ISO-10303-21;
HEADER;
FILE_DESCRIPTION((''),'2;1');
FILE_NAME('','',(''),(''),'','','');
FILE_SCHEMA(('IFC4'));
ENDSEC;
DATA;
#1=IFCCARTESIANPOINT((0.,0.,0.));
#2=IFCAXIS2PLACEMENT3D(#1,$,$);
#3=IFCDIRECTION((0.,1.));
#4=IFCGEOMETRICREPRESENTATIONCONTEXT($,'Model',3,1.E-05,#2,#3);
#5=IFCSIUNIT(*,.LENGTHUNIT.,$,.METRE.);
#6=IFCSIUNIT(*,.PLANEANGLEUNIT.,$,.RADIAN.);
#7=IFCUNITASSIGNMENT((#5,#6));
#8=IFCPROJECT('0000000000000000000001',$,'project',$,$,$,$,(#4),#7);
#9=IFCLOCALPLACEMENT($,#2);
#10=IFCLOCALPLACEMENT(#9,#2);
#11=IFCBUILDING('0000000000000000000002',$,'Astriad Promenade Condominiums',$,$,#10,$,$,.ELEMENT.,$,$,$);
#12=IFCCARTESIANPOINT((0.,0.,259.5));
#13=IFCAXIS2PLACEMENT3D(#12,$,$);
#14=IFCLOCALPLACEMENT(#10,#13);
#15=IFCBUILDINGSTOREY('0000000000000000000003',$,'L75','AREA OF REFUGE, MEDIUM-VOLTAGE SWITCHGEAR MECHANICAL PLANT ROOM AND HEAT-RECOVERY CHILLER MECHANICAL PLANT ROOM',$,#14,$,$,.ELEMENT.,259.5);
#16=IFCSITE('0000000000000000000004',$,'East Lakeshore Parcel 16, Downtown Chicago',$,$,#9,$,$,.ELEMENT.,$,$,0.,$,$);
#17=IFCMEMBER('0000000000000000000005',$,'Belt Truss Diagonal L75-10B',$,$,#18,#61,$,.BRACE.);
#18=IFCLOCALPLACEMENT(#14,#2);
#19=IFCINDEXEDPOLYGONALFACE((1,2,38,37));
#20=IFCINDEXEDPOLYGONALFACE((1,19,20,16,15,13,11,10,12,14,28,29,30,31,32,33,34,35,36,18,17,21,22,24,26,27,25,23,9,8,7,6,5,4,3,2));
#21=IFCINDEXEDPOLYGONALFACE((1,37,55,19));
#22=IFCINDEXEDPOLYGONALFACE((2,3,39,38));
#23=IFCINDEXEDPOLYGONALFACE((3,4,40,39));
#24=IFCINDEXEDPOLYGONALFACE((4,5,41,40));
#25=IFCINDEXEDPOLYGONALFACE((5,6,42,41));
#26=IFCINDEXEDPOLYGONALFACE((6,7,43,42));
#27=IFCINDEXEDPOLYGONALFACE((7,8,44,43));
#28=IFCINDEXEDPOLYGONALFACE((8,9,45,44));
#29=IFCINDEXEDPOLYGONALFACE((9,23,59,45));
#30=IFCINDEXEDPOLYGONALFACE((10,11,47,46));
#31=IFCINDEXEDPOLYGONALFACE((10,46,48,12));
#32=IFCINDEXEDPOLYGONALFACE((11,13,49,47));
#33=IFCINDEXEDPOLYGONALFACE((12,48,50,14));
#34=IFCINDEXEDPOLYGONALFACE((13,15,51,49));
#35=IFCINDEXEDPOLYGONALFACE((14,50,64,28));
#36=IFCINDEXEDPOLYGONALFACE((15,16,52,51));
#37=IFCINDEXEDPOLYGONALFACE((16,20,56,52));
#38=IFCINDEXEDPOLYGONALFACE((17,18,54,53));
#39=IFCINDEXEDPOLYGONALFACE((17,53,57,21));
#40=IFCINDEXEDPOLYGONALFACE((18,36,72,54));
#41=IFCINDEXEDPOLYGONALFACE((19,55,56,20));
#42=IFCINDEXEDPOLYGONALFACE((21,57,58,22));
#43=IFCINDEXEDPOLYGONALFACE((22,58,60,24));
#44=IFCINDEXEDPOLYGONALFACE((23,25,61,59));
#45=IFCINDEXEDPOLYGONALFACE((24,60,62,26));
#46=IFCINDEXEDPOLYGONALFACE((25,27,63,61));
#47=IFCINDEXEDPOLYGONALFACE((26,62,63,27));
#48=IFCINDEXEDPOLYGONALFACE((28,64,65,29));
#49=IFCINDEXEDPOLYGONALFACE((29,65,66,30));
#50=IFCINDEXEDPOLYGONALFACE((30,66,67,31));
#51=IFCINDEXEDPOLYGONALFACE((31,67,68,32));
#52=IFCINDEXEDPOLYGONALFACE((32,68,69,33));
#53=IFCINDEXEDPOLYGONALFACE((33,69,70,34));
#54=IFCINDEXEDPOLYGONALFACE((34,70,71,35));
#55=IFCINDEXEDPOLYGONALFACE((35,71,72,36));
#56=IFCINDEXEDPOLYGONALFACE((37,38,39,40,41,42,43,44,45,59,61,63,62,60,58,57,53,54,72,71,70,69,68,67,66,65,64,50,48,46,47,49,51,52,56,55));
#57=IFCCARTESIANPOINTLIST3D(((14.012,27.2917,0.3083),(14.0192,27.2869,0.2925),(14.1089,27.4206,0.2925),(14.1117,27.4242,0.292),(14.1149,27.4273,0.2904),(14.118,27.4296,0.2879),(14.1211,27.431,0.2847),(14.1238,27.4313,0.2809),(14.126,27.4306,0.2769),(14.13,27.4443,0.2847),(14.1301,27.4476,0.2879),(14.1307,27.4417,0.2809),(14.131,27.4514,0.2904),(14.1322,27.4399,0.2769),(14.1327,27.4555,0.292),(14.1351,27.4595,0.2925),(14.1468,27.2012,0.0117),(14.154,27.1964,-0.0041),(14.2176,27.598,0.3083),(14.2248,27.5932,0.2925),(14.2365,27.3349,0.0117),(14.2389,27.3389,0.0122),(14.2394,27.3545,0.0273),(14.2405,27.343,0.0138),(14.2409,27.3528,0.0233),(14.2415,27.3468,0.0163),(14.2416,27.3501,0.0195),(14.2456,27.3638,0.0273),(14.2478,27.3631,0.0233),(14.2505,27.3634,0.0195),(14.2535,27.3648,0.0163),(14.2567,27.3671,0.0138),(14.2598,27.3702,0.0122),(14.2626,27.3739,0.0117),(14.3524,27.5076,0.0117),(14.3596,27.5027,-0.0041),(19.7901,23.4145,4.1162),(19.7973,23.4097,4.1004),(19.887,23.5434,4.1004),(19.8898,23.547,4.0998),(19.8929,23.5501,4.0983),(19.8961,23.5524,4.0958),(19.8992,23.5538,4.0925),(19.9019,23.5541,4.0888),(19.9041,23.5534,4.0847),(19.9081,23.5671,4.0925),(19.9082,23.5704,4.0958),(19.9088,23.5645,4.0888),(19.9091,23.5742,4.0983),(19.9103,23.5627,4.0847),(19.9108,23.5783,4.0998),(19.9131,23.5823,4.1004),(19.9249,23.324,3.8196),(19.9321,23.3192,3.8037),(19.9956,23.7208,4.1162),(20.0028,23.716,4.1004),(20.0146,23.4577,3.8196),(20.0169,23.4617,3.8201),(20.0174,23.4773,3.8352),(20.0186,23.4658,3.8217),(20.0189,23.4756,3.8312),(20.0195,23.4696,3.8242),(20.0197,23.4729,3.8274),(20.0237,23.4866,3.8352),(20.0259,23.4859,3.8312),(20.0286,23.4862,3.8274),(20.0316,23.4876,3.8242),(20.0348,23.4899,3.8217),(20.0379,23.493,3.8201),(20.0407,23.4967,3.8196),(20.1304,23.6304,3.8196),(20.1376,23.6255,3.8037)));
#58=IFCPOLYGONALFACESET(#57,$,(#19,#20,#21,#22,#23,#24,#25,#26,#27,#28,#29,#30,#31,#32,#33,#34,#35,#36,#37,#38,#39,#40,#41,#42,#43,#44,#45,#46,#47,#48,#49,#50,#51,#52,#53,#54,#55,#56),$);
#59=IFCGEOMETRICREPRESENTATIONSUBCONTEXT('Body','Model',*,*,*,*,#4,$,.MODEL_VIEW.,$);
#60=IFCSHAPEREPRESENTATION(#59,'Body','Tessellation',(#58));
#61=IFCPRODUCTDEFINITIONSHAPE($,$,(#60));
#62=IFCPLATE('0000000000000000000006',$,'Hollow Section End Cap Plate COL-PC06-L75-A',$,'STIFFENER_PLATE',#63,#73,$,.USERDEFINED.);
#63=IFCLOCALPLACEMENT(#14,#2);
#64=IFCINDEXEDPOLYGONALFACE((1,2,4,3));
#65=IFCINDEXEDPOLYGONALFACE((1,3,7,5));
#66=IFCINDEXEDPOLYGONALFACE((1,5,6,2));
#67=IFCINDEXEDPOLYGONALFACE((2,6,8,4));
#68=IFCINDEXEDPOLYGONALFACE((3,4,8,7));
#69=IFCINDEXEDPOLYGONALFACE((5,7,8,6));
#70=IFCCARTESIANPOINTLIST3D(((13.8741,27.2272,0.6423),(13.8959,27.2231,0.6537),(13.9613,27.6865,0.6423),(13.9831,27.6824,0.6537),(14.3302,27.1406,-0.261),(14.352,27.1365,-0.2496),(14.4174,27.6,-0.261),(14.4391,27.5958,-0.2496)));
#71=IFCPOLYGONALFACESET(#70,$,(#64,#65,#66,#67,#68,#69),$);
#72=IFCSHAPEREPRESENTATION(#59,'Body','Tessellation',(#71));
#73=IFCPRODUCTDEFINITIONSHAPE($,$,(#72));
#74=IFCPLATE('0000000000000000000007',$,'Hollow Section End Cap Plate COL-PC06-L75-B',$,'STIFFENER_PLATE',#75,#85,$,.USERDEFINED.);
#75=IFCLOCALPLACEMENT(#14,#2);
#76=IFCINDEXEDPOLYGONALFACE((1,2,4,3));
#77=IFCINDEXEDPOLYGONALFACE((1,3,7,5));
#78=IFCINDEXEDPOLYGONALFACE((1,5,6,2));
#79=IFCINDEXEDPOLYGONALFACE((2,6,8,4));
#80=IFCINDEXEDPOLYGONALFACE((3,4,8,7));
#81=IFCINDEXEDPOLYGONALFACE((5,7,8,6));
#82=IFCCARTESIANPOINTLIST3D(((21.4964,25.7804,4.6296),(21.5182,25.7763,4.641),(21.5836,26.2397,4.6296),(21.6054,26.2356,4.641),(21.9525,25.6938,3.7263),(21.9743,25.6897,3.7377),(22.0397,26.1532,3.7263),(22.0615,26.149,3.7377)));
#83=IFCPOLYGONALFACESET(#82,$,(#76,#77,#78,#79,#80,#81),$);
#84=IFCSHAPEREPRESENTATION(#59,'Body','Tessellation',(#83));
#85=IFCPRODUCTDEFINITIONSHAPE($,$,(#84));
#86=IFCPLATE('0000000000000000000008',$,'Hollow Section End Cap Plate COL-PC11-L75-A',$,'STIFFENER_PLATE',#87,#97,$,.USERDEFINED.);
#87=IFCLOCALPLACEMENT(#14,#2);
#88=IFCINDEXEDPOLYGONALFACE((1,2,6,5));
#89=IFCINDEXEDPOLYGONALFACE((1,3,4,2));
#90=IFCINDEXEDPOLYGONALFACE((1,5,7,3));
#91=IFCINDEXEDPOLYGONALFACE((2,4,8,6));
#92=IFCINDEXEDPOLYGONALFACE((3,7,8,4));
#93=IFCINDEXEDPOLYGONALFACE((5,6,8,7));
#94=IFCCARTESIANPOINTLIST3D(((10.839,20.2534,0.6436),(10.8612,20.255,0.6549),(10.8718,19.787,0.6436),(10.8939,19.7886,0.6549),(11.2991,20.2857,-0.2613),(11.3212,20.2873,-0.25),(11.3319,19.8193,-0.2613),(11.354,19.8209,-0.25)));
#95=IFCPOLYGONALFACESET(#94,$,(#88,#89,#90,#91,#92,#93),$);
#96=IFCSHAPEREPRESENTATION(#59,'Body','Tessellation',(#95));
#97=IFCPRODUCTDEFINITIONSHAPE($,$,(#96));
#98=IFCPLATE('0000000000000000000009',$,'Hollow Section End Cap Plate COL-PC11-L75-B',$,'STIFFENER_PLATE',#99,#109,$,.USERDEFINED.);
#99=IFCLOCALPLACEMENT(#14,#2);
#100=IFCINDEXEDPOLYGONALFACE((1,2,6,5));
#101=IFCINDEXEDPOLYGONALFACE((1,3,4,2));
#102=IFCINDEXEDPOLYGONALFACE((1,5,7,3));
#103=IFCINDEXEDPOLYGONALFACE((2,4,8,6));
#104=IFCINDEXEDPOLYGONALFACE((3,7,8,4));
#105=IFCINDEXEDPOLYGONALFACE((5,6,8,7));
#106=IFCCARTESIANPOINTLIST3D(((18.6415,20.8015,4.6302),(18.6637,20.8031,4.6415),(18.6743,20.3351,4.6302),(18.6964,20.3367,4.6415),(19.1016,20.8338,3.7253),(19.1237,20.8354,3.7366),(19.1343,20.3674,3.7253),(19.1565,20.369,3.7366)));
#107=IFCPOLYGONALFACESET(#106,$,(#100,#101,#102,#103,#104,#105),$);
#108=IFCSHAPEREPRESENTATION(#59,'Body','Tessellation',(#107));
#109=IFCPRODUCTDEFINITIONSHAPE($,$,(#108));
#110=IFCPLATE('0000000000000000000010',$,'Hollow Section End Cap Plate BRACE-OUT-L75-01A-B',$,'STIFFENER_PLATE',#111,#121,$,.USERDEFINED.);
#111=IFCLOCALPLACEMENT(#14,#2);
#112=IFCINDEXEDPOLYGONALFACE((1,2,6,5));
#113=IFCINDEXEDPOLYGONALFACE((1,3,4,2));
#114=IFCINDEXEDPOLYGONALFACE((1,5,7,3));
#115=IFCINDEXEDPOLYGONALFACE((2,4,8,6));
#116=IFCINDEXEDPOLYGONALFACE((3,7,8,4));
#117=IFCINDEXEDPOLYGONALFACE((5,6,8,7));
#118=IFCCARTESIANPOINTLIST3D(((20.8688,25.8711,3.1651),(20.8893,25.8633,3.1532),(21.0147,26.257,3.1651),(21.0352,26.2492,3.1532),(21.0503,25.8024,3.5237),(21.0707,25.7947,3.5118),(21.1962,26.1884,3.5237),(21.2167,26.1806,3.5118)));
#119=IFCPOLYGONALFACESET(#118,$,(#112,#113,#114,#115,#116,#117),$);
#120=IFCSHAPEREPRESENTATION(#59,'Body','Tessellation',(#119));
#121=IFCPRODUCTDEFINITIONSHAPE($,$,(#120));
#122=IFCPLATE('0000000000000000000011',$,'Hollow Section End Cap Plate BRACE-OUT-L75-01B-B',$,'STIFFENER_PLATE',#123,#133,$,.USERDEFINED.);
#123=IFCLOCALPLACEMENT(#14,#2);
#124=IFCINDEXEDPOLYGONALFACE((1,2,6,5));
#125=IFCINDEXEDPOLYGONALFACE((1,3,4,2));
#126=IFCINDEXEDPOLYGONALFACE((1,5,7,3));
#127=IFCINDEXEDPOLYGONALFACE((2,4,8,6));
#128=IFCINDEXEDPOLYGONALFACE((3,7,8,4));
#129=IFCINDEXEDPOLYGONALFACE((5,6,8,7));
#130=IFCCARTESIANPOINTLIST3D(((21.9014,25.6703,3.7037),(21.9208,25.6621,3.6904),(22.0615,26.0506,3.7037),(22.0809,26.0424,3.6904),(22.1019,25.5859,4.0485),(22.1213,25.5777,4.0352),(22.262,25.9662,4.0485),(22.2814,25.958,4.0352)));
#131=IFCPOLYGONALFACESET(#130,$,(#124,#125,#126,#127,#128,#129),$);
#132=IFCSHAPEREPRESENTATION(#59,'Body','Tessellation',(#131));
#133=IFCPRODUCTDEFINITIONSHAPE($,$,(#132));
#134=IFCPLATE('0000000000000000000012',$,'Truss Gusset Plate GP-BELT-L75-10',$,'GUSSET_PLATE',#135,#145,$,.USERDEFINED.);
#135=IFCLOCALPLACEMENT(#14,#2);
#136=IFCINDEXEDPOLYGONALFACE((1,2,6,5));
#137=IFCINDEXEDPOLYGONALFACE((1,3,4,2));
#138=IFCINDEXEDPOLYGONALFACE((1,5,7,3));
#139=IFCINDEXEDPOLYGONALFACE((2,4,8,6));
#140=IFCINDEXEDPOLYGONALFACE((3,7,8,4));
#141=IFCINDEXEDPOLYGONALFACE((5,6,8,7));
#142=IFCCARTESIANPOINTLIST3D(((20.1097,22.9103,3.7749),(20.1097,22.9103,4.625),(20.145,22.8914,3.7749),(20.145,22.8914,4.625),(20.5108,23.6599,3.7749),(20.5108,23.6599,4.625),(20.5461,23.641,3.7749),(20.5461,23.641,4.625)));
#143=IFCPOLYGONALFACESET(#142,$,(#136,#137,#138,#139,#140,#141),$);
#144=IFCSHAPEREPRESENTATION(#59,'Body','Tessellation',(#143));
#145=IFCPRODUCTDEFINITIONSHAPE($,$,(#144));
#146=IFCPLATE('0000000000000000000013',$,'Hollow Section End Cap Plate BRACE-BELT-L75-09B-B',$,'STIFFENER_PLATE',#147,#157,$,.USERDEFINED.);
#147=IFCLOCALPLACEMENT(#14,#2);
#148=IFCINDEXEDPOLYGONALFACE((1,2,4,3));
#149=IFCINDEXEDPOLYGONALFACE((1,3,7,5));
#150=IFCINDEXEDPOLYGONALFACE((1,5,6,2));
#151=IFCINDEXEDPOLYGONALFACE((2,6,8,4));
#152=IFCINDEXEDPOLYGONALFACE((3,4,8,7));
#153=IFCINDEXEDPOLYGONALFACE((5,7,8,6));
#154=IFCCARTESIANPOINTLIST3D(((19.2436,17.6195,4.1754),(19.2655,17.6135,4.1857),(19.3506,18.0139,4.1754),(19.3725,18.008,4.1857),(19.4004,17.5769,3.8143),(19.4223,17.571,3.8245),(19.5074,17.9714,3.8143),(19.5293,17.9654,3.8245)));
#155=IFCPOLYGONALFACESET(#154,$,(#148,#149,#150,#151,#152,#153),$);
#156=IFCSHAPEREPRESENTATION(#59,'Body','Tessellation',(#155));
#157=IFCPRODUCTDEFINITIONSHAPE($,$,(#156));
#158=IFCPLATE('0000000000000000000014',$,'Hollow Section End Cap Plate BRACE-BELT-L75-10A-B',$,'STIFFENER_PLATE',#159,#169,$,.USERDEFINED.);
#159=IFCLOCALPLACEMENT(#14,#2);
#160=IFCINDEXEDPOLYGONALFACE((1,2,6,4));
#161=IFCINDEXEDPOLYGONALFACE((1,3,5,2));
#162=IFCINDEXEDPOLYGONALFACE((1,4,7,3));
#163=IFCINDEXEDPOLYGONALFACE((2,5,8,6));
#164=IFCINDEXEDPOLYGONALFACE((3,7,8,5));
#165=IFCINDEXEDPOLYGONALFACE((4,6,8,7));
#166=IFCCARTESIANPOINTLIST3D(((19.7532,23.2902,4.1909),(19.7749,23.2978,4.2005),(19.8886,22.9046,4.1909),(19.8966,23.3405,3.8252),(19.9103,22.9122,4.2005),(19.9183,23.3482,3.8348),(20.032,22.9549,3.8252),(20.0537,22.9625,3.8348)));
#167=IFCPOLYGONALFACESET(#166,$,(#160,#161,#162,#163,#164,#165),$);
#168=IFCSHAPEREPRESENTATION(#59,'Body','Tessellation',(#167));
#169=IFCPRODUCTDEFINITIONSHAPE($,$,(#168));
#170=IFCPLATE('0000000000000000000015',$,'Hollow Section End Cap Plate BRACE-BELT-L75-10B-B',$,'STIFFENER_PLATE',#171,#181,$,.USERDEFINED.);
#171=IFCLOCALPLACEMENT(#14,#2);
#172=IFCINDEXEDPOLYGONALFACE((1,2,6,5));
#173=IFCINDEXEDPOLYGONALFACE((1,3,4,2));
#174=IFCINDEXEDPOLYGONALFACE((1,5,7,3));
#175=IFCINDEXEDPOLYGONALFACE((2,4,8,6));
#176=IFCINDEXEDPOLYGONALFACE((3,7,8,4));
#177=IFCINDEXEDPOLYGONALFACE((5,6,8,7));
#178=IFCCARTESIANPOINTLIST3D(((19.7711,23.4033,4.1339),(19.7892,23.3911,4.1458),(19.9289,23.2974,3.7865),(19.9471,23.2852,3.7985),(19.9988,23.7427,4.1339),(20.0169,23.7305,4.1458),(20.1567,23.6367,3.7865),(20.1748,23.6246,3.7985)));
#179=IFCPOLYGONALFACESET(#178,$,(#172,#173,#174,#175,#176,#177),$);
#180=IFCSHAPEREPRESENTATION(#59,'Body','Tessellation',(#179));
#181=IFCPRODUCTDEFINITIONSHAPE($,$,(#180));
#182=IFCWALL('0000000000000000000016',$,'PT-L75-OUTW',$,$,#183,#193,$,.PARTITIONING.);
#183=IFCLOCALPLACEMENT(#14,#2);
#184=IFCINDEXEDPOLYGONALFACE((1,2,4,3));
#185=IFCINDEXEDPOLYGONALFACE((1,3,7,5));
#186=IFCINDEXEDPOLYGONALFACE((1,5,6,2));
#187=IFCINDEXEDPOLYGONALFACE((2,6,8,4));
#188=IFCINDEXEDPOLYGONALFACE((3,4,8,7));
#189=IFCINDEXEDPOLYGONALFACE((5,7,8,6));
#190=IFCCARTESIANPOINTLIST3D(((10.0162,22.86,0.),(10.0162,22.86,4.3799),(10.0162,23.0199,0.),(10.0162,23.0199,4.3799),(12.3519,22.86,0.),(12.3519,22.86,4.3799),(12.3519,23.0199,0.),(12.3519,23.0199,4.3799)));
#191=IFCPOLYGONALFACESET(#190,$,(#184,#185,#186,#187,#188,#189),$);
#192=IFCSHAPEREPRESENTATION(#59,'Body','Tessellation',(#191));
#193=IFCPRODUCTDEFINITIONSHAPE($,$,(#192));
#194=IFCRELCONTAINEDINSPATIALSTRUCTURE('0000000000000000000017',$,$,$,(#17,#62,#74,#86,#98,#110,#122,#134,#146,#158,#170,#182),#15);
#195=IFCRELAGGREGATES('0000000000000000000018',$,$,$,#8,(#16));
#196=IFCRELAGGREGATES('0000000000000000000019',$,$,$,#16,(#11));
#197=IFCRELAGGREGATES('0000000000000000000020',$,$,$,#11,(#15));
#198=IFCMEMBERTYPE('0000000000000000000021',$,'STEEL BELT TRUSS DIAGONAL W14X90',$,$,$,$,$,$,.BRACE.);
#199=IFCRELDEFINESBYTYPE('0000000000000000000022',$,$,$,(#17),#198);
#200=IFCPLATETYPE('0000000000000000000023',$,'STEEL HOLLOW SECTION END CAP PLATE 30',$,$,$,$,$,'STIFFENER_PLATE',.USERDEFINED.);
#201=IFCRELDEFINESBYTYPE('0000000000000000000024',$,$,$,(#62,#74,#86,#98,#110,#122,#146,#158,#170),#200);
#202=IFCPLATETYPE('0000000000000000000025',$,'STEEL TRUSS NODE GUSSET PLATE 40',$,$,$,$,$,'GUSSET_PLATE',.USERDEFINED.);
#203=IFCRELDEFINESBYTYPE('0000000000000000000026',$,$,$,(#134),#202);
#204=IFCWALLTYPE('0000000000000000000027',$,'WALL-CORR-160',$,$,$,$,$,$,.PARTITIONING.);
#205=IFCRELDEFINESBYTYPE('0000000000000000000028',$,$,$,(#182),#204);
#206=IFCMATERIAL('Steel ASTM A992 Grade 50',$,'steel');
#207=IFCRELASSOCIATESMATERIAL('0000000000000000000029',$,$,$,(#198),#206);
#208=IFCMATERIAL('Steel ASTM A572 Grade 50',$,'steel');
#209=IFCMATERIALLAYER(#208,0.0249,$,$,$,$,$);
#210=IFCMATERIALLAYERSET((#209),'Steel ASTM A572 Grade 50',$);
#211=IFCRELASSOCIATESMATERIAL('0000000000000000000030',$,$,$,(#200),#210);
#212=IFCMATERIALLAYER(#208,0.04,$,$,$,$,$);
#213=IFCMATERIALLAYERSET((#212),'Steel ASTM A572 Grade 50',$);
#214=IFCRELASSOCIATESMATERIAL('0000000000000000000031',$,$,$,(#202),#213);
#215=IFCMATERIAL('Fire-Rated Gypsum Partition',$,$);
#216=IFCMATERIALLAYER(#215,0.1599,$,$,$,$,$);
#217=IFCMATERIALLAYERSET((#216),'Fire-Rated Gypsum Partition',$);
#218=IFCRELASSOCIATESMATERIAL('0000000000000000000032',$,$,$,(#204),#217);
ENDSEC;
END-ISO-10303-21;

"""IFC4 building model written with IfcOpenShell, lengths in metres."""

from ifc_helpers import new_model, si_unit, direction, frame, frame_2d, origin, origin_2d, place, context, subcontext, project, spatial, rectangle, i_section, extrude, source, transform, mapped, material, layer, layer_set, material_profile, profile_set, type_object, type_shapes, element, save


model = new_model("IFC4")

# Units and contexts
model_context = context("Model", 3, precision=1e-05, world=origin(), true_north=direction((0.0, 1.0)))
body_context = subcontext(model_context, "Body", "Model", "MODEL_VIEW")
ifc_project = project(units=[si_unit("LENGTHUNIT", "METRE"), si_unit("PLANEANGLEUNIT", "RADIAN")], contexts=[model_context])

# Site, building, storey
site_placement = place(None, origin())
site = spatial("IfcSite", under=ifc_project, at=site_placement, Name="East Lakeshore Parcel 16, Downtown Chicago", CompositionType="ELEMENT", RefElevation=0.0)
building_placement = place(site_placement, origin())
building = spatial("IfcBuilding", under=site, at=building_placement, Name="Astriad Promenade Condominiums", CompositionType="ELEMENT")
storey_placement = place(building_placement, frame((0.0, 0.0, 259.5)))
storey = spatial("IfcBuildingStorey", under=building, at=storey_placement, Name="L75", Description="AREA OF REFUGE, MEDIUM-VOLTAGE SWITCHGEAR MECHANICAL PLANT ROOM AND HEAT-RECOVERY CHILLER MECHANICAL PLANT ROOM", CompositionType="ELEMENT", Elevation=259.5)

# Shared definitions
ifc_material_1 = material(Name="Steel ASTM A992 Grade 50", Category="steel")

# Member
ifc_material_profile_1 = material_profile(ifc_material_1, i_section(OverallWidth=0.3689, OverallDepth=0.3562, WebThickness=0.0112, FlangeThickness=0.0181, FilletRadius=0.0178, at=origin_2d()), Name="W14X90")
ifc_profile_set_1 = profile_set([ifc_material_profile_1], Name="Steel ASTM A992 Grade 50")
member_type_1 = type_object("IfcMemberType", Name="STEEL BELT TRUSS DIAGONAL W14X90", PredefinedType="BRACE", material=ifc_profile_set_1)
shared_shape_1 = source(origin(), body_context, "Body", "SweptSolid", [
    extrude(i_section(OverallWidth=0.3689, OverallDepth=0.3562, WebThickness=0.0112, FlangeThickness=0.0181, FilletRadius=0.0178, at=origin_2d()), origin(), (0.0, 0.0, 1.0), 7.9321),
])
member_1_placement = place(storey_placement, frame((14.1858, 27.3972, 0.1521), z_axis=(0.72844, -0.488797, 0.480056), x_axis=(0.5572, 0.830379, 0.0)))
element("IfcMember", 1, at=member_1_placement, inside=storey, type_object=member_type_1, Name="Belt Truss Diagonal L75-10B", PredefinedType="BRACE", context=body_context, shape_type="MappedRepresentation", body=[
    mapped(shared_shape_1, transform((0.0, 0.0, 0.0), scale=1.0)),
])

# Plates
ifc_material_2 = material(Name="Steel ASTM A572 Grade 50", Category="steel")
ifc_layer_1 = layer(ifc_material_2, 0.0249)
ifc_layer_set_1 = layer_set([ifc_layer_1], Name="Steel ASTM A572 Grade 50")
plate_type_1 = type_object("IfcPlateType", Name="STEEL HOLLOW SECTION END CAP PLATE 30", ElementType="STIFFENER_PLATE", PredefinedType="USERDEFINED", material=ifc_layer_set_1)
shared_shape_2 = source(origin(), body_context, "Body", "SweptSolid", [
    extrude(rectangle(XDim=0.4675, YDim=1.0156, at=origin_2d()), origin(), (0.0, 0.0, 1.0), 0.0249),
])
for number, where, z_axis, x_axis, name in (
    (2, (14.1458, 27.4136, 0.1907), (0.873822, -0.165852, 0.457088), (0.186472, 0.98246, 0.0), "Hollow Section End Cap Plate COL-PC06-L75-A"),
    (3, (21.7681, 25.9668, 4.178), (0.873822, -0.165852, 0.457088), (0.186472, 0.98246, 0.0), "Hollow Section End Cap Plate COL-PC06-L75-B"),
    (4, (11.0854, 20.0364, 0.1912), (0.888766, 0.062405, 0.454093), (-0.070042, 0.997544, 0.0), "Hollow Section End Cap Plate COL-PC11-L75-A"),
    (5, (18.8879, 20.5845, 4.1777), (0.888766, 0.062405, 0.454093), (-0.070042, 0.997544, 0.0), "Hollow Section End Cap Plate COL-PC11-L75-B"),
):
    element("IfcPlate", number, at=place(storey_placement, frame(where, z_axis=z_axis, x_axis=x_axis)), inside=storey, type_object=plate_type_1, Name=name, ObjectType="STIFFENER_PLATE", PredefinedType="USERDEFINED", context=body_context, shape_type="MappedRepresentation", body=[
        mapped(shared_shape_2, transform((0.0, 0.0, 0.0), scale=1.0)),
    ])
shared_shape_3 = source(origin(), body_context, "Body", "SweptSolid", [
    extrude(rectangle(XDim=0.4126, YDim=0.4077, at=origin_2d()), origin(), (0.0, 0.0, 1.0), 0.0249),
])
for number, where, z_axis, x_axis, name in (
    (6, (21.053, 26.022, 3.3325), (-0.822678, 0.311105, 0.47583), (-0.353714, -0.935353, 0.0), "Hollow Section End Cap Plate BRACE-OUT-L75-01A-B"),
    (7, (22.1011, 25.8101, 3.8628), (-0.779493, 0.328191, 0.533556), (-0.38804, -0.921643, 0.0), "Hollow Section End Cap Plate BRACE-OUT-L75-01B-B"),
):
    element("IfcPlate", number, at=place(storey_placement, frame(where, z_axis=z_axis, x_axis=x_axis)), inside=storey, type_object=plate_type_1, Name=name, ObjectType="STIFFENER_PLATE", PredefinedType="USERDEFINED", context=body_context, shape_type="MappedRepresentation", body=[
        mapped(shared_shape_3, transform((0.0, 0.0, 0.0), scale=1.0)),
    ])
ifc_layer_2 = layer(ifc_material_2, 0.04)
ifc_layer_set_2 = layer_set([ifc_layer_2], Name="Steel ASTM A572 Grade 50")
plate_type_2 = type_object("IfcPlateType", Name="STEEL TRUSS NODE GUSSET PLATE 40", ElementType="GUSSET_PLATE", PredefinedType="USERDEFINED", material=ifc_layer_set_2)
shared_shape_4 = source(origin(), body_context, "Body", "SweptSolid", [
    extrude(rectangle(XDim=0.8501, YDim=0.04, at=origin_2d()), origin(), (0.0, 0.0, 1.0), 0.8501),
])
type_shapes(plate_type_2, [shared_shape_4])
plate_placement = place(storey_placement, frame((20.3279, 23.2756, 3.7749), z_axis=(0.0, 0.0, 1.0), x_axis=(0.471782, 0.881715, 0.0)))
element("IfcPlate", 8, at=plate_placement, inside=storey, type_object=plate_type_2, Name="Truss Gusset Plate GP-BELT-L75-10", ObjectType="GUSSET_PLATE", PredefinedType="USERDEFINED", context=body_context, shape_type="MappedRepresentation", body=[
    mapped(shared_shape_4, transform((0.0, 0.0, 0.0), scale=1.0)),
])
shared_shape_5 = source(origin(), body_context, "Body", "SweptSolid", [
    extrude(rectangle(XDim=0.4087, YDim=0.396, at=origin_2d()), origin(), (0.0, 0.0, 1.0), 0.0249),
])
type_shapes(plate_type_1, [shared_shape_2, shared_shape_3, shared_shape_5])
for number, where, z_axis, x_axis, name in (
    (9, (19.3755, 17.7954, 3.9949), (0.880137, -0.238702, 0.410343), (0.261754, 0.965135, 0.0), "Hollow Section End Cap Plate BRACE-BELT-L75-09B-B"),
    (10, (19.8926, 23.1226, 4.0081), (0.871318, 0.305951, 0.383666), (-0.331305, 0.943524, 0.0), "Hollow Section End Cap Plate BRACE-BELT-L75-10A-B"),
    (11, (19.9639, 23.52, 3.9602), (0.728425, -0.488806, 0.480069), (0.557215, 0.830368, 0.0), "Hollow Section End Cap Plate BRACE-BELT-L75-10B-B"),
):
    element("IfcPlate", number, at=place(storey_placement, frame(where, z_axis=z_axis, x_axis=x_axis)), inside=storey, type_object=plate_type_1, Name=name, ObjectType="STIFFENER_PLATE", PredefinedType="USERDEFINED", context=body_context, shape_type="MappedRepresentation", body=[
        mapped(shared_shape_5, transform((0.0, 0.0, 0.0), scale=1.0)),
    ])

# Wall
ifc_material_3 = material(Name="Fire-Rated Gypsum Partition")
ifc_layer_3 = layer(ifc_material_3, 0.1599)
ifc_layer_set_3 = layer_set([ifc_layer_3], Name="Fire-Rated Gypsum Partition")
wall_type_1 = type_object("IfcWallType", Name="WALL-CORR-160", PredefinedType="PARTITIONING", material=ifc_layer_set_3)
wall_1_placement = place(storey_placement, frame((10.0161, 22.9399, 0.0), z_axis=(0.0, 0.0, 1.0), x_axis=(1.0, 0.0, 0.0)))
element("IfcWall", 12, at=wall_1_placement, inside=storey, type_object=wall_type_1, Name="PT-L75-OUTW", PredefinedType="PARTITIONING", context=body_context, shape_type="SweptSolid", body=[
    extrude(rectangle(XDim=2.3357, YDim=0.1599, at=frame_2d((1.168, 0.0))), origin(), (0.0, 0.0, 1.0), 4.3799),
])

save(model, "model.ifc")
